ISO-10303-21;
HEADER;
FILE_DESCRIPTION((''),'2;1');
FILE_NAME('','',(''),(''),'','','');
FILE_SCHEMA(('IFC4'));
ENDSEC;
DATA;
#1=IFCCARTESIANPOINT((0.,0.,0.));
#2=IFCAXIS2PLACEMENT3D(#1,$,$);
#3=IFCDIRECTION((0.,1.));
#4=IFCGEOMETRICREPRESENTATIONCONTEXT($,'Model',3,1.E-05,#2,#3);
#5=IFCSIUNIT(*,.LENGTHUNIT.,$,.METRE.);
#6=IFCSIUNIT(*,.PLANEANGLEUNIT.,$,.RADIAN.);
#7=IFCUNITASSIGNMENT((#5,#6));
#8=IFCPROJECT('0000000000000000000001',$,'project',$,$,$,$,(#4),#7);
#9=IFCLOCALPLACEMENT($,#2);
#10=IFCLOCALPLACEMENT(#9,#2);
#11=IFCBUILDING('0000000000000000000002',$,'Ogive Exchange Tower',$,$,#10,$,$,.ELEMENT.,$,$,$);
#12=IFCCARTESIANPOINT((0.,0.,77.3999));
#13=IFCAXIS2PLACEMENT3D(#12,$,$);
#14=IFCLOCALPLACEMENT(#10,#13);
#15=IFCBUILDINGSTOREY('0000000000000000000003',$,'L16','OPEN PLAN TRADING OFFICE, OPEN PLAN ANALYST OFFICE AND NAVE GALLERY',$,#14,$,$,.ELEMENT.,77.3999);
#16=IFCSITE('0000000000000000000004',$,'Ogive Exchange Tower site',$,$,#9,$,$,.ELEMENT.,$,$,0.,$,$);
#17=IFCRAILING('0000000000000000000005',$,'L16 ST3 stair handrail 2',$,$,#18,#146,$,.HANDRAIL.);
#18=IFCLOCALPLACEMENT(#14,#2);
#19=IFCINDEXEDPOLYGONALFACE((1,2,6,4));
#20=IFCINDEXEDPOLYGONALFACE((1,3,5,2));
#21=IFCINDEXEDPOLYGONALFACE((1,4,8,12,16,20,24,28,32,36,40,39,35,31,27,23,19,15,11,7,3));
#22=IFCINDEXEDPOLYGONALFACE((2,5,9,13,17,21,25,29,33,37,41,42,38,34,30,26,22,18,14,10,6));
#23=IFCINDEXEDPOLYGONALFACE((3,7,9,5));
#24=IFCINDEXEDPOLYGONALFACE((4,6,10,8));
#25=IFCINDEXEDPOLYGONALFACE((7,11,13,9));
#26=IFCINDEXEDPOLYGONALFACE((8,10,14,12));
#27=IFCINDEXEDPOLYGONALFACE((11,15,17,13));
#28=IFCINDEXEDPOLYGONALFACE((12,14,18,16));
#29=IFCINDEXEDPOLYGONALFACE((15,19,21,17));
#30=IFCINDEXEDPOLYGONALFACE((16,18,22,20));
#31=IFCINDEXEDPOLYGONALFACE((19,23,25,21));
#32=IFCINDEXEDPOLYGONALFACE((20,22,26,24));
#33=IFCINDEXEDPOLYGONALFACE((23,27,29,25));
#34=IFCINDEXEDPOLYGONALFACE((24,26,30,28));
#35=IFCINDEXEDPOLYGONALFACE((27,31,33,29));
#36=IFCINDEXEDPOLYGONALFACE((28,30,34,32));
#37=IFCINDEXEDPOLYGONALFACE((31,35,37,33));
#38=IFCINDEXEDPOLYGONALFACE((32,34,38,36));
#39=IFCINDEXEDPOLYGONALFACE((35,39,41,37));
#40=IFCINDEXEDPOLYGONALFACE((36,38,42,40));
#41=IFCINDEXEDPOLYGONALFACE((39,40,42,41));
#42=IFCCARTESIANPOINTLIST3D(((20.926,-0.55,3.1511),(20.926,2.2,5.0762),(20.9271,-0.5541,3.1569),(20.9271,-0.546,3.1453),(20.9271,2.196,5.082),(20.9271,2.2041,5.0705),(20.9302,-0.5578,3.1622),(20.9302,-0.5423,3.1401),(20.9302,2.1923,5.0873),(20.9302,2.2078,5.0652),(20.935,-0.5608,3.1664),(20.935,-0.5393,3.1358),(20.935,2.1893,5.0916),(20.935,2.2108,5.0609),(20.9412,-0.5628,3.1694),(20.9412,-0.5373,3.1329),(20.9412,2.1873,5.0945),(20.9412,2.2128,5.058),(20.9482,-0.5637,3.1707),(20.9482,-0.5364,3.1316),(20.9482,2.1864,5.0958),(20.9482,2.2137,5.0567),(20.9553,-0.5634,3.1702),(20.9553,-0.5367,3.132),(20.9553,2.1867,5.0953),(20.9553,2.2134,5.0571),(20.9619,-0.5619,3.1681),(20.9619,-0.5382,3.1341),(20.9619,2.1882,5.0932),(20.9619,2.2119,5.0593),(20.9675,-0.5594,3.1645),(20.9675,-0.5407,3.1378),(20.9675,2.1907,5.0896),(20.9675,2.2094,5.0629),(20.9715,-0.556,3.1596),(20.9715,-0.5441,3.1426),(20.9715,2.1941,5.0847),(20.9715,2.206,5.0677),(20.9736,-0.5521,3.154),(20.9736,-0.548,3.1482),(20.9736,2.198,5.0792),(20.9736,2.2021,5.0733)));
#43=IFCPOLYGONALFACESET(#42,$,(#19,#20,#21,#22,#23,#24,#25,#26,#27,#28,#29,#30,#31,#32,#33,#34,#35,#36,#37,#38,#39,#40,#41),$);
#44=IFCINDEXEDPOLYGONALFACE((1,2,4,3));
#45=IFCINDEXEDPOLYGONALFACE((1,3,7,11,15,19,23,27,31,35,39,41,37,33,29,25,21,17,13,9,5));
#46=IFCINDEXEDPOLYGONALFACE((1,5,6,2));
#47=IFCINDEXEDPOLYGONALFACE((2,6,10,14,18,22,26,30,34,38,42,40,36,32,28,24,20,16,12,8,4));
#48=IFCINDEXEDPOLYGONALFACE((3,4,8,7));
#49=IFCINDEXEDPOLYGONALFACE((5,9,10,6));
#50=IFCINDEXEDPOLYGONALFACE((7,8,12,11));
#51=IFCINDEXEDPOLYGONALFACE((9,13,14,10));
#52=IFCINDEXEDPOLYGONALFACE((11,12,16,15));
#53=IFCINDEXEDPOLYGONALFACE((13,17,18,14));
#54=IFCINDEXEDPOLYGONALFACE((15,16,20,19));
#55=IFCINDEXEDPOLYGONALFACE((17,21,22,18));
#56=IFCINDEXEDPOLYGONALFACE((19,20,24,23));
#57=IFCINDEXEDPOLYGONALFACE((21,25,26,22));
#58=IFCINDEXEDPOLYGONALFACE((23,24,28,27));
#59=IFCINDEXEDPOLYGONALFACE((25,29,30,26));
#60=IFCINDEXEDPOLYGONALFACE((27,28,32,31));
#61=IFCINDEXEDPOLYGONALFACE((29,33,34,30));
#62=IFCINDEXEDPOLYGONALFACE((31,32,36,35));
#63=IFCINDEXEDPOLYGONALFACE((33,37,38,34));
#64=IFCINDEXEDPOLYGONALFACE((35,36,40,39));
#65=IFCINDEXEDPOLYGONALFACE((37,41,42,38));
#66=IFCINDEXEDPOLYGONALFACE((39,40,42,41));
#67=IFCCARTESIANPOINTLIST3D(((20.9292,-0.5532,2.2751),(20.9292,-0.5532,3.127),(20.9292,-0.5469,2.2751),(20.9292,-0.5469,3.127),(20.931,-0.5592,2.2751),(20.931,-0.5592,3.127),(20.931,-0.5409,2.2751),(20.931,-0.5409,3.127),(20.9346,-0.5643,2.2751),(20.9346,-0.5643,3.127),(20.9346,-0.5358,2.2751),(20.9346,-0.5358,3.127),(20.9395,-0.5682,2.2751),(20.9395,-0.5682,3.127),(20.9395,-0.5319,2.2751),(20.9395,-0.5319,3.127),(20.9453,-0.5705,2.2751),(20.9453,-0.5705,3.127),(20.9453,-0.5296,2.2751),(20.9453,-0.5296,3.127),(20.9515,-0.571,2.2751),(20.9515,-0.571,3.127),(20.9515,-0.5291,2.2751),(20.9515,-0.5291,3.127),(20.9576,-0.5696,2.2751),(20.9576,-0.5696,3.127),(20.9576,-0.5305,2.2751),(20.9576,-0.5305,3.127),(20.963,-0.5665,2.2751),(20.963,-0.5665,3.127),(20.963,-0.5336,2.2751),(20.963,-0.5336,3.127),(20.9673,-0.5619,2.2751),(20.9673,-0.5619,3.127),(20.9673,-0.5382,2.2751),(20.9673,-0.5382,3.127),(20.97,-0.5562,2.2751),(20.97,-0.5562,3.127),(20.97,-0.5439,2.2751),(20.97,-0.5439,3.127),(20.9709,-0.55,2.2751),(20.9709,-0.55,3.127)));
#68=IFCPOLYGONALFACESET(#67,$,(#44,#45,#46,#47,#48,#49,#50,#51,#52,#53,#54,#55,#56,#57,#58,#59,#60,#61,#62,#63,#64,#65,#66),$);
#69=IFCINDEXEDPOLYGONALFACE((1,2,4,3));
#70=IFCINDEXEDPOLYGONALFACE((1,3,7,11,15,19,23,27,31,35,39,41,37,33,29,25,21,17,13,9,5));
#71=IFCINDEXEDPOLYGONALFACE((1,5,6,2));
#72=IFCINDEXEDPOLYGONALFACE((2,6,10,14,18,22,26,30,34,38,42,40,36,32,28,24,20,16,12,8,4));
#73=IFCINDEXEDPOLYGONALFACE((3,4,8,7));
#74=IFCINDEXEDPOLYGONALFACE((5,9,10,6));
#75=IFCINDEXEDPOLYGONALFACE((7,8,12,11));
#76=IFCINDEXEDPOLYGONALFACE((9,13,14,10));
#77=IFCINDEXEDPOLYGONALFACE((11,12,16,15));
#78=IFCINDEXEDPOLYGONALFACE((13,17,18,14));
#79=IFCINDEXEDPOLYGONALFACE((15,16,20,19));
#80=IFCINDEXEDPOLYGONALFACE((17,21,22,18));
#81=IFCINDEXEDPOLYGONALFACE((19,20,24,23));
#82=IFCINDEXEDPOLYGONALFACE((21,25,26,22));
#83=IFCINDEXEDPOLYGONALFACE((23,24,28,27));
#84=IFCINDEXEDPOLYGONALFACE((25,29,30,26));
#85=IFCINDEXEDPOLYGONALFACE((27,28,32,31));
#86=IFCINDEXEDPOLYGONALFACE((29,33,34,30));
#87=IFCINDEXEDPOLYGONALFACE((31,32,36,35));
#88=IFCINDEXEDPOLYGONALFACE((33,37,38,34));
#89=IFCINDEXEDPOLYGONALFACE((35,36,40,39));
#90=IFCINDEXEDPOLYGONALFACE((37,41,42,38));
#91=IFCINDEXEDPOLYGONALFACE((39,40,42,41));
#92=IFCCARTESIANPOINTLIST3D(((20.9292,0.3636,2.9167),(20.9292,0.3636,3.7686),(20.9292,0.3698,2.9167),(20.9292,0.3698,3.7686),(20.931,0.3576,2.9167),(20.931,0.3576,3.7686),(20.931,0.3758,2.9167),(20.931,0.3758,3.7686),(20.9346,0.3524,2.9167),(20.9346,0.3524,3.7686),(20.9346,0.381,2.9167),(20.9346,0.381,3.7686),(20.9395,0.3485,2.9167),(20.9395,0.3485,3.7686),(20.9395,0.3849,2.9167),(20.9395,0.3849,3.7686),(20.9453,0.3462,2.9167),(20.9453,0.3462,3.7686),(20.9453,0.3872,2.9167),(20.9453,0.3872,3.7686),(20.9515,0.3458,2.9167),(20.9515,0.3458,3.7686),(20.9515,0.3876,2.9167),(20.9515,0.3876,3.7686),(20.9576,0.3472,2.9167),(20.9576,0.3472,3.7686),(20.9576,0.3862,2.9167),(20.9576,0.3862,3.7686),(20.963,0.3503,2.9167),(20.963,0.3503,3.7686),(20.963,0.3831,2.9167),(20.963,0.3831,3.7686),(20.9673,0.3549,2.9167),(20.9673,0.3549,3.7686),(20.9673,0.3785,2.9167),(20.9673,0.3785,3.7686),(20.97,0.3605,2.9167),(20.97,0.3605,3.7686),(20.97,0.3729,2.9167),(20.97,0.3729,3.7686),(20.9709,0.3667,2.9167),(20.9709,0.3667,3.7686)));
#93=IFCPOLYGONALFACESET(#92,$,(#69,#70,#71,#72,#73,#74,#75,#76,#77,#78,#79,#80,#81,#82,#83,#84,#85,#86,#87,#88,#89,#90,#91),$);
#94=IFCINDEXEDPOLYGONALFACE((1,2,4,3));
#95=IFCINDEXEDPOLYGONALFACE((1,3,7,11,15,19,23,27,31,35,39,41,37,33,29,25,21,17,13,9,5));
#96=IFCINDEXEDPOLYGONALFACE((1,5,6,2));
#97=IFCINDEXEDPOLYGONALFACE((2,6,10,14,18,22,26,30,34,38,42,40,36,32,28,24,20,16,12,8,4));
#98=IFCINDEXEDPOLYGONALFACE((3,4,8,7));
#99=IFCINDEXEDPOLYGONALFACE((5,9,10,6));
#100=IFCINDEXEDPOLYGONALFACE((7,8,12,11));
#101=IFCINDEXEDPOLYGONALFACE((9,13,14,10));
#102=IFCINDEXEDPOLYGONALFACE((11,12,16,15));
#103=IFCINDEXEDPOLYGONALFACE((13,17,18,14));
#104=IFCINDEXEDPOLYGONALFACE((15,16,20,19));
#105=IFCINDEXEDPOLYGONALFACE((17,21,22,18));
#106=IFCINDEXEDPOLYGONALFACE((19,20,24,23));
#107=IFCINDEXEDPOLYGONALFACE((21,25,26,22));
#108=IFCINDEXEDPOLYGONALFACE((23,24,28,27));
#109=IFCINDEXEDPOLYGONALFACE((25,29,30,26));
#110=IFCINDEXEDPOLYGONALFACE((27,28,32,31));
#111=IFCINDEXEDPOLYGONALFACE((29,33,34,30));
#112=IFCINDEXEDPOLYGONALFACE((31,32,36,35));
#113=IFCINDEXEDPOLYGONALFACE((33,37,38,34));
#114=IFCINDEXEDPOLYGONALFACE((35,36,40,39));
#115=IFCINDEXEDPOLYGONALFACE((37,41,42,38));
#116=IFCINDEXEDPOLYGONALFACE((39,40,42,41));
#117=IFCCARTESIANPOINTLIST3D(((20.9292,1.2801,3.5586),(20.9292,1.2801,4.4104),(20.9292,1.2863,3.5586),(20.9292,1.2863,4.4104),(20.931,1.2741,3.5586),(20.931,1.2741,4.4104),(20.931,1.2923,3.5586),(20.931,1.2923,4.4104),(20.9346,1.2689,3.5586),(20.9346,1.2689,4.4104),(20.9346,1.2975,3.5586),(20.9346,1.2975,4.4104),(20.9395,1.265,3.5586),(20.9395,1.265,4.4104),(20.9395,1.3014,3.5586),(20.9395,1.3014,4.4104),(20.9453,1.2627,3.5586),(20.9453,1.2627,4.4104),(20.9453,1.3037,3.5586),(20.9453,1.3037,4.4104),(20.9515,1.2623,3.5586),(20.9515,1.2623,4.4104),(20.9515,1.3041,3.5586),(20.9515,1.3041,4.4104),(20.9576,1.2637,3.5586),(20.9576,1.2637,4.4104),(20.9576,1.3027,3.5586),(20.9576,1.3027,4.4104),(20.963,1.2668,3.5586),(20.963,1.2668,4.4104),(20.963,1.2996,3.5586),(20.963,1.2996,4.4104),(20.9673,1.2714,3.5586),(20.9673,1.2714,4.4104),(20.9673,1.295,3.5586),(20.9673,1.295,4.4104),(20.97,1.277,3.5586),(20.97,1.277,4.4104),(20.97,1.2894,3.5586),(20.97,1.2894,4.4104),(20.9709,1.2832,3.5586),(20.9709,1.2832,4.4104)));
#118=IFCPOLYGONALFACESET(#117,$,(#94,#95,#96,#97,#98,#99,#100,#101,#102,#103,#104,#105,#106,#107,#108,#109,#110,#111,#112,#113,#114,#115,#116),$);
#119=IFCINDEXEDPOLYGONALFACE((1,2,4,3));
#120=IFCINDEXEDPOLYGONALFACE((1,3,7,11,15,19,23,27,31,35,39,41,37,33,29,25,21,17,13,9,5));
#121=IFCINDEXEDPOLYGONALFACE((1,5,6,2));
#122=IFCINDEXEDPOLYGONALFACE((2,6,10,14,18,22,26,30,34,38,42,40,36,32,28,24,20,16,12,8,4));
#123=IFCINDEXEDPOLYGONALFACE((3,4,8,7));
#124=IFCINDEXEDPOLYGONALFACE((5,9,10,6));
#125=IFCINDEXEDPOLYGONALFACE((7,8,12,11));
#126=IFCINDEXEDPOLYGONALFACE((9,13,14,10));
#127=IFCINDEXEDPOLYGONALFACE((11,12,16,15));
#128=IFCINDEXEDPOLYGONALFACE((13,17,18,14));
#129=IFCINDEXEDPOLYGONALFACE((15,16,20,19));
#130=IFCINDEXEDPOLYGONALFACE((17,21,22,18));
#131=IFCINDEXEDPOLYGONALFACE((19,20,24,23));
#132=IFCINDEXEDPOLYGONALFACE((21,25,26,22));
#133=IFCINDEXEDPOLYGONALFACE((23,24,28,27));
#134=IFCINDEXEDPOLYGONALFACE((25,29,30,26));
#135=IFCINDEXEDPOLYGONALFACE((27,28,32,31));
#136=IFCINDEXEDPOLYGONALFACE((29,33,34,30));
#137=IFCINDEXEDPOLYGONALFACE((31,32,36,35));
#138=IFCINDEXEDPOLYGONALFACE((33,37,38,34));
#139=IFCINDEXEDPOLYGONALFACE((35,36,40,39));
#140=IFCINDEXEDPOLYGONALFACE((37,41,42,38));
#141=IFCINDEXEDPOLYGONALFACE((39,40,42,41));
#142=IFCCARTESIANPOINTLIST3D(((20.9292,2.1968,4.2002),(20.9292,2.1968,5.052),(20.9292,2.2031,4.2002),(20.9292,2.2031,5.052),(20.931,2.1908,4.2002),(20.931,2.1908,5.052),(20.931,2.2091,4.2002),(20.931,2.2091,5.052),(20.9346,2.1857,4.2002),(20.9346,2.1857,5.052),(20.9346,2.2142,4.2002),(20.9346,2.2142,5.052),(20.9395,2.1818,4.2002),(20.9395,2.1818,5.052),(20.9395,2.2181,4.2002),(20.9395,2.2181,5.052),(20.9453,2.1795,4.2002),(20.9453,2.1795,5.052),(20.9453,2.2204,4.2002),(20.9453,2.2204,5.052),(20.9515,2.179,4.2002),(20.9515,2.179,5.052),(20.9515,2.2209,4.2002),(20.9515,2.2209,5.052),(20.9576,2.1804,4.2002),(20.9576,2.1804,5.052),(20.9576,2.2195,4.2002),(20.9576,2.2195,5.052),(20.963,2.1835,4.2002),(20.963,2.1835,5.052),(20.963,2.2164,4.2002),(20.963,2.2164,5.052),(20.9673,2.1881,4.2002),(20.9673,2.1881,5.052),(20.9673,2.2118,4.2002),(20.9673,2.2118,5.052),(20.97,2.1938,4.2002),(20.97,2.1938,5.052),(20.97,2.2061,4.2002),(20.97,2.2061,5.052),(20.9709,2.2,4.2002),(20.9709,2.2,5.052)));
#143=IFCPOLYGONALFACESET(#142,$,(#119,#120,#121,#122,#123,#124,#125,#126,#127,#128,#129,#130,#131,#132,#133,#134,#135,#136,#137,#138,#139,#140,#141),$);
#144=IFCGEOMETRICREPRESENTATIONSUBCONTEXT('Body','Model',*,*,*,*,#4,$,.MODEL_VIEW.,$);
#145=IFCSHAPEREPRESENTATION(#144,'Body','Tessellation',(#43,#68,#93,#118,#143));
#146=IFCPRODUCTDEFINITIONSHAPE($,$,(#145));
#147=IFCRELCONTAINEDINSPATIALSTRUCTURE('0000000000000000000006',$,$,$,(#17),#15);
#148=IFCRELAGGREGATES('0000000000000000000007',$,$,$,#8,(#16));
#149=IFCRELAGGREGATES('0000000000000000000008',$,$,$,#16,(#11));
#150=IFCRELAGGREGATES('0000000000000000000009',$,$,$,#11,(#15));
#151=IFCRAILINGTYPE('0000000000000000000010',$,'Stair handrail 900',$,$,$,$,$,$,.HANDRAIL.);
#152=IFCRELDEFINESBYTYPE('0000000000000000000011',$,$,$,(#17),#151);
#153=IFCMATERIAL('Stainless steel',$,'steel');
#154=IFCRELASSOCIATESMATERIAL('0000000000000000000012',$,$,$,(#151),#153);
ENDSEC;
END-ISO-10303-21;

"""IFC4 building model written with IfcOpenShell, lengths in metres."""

from ifc_helpers import new_model, si_unit, direction, frame, origin, origin_2d, place, context, subcontext, project, spatial, circle, extrude, material, type_object, element, save


model = new_model("IFC4")

# Units and contexts
model_context = context("Model", 3, precision=1e-05, world=origin(), true_north=direction((0.0, 1.0)))
body_context = subcontext(model_context, "Body", "Model", "MODEL_VIEW")
ifc_project = project(units=[si_unit("LENGTHUNIT", "METRE"), si_unit("PLANEANGLEUNIT", "RADIAN")], contexts=[model_context])

# Site, building, storey
site_placement = place(None, origin())
site = spatial("IfcSite", under=ifc_project, at=site_placement, Name="Ogive Exchange Tower site", CompositionType="ELEMENT", RefElevation=0.0)
building_placement = place(site_placement, origin())
building = spatial("IfcBuilding", under=site, at=building_placement, Name="Ogive Exchange Tower", CompositionType="ELEMENT")
storey_placement = place(building_placement, frame((0.0, 0.0, 77.3999)))
storey = spatial("IfcBuildingStorey", under=building, at=storey_placement, Name="L16", Description="OPEN PLAN TRADING OFFICE, OPEN PLAN ANALYST OFFICE AND NAVE GALLERY", CompositionType="ELEMENT", Elevation=77.3999)

# Railing
ifc_material_1 = material(Name="Stainless steel", Category="steel")
railing_type = type_object("IfcRailingType", Name="Stair handrail 900", PredefinedType="HANDRAIL", material=ifc_material_1)
railing_placement = place(storey_placement, frame((20.95, -0.55, 2.2751)))
element("IfcRailing", 1, at=railing_placement, inside=storey, type_object=railing_type, Name="L16 ST3 stair handrail 2", PredefinedType="HANDRAIL", context=body_context, shape_type="SweptSolid", body=[
    extrude(circle(Radius=0.0239, at=origin_2d()), frame((0.0, 0.0, 0.876), z_axis=(0.0, 0.819225, 0.573472), x_axis=(-1.0, 0.0, 0.0)), (0.0, 0.0, 1.0), 3.3569),
    extrude(circle(Radius=0.021, at=origin_2d()), origin(), (0.0, 0.0, 1.0), 0.8518),
    extrude(circle(Radius=0.021, at=origin_2d()), frame((0.0, 0.9167, 0.6416)), (0.0, 0.0, 1.0), 0.8518),
    extrude(circle(Radius=0.021, at=origin_2d()), frame((0.0, 1.8333, 1.2834)), (0.0, 0.0, 1.0), 0.8518),
    extrude(circle(Radius=0.021, at=origin_2d()), frame((0.0, 2.75, 1.925)), (0.0, 0.0, 1.0), 0.8518),
])

save(model, "model.ifc")
